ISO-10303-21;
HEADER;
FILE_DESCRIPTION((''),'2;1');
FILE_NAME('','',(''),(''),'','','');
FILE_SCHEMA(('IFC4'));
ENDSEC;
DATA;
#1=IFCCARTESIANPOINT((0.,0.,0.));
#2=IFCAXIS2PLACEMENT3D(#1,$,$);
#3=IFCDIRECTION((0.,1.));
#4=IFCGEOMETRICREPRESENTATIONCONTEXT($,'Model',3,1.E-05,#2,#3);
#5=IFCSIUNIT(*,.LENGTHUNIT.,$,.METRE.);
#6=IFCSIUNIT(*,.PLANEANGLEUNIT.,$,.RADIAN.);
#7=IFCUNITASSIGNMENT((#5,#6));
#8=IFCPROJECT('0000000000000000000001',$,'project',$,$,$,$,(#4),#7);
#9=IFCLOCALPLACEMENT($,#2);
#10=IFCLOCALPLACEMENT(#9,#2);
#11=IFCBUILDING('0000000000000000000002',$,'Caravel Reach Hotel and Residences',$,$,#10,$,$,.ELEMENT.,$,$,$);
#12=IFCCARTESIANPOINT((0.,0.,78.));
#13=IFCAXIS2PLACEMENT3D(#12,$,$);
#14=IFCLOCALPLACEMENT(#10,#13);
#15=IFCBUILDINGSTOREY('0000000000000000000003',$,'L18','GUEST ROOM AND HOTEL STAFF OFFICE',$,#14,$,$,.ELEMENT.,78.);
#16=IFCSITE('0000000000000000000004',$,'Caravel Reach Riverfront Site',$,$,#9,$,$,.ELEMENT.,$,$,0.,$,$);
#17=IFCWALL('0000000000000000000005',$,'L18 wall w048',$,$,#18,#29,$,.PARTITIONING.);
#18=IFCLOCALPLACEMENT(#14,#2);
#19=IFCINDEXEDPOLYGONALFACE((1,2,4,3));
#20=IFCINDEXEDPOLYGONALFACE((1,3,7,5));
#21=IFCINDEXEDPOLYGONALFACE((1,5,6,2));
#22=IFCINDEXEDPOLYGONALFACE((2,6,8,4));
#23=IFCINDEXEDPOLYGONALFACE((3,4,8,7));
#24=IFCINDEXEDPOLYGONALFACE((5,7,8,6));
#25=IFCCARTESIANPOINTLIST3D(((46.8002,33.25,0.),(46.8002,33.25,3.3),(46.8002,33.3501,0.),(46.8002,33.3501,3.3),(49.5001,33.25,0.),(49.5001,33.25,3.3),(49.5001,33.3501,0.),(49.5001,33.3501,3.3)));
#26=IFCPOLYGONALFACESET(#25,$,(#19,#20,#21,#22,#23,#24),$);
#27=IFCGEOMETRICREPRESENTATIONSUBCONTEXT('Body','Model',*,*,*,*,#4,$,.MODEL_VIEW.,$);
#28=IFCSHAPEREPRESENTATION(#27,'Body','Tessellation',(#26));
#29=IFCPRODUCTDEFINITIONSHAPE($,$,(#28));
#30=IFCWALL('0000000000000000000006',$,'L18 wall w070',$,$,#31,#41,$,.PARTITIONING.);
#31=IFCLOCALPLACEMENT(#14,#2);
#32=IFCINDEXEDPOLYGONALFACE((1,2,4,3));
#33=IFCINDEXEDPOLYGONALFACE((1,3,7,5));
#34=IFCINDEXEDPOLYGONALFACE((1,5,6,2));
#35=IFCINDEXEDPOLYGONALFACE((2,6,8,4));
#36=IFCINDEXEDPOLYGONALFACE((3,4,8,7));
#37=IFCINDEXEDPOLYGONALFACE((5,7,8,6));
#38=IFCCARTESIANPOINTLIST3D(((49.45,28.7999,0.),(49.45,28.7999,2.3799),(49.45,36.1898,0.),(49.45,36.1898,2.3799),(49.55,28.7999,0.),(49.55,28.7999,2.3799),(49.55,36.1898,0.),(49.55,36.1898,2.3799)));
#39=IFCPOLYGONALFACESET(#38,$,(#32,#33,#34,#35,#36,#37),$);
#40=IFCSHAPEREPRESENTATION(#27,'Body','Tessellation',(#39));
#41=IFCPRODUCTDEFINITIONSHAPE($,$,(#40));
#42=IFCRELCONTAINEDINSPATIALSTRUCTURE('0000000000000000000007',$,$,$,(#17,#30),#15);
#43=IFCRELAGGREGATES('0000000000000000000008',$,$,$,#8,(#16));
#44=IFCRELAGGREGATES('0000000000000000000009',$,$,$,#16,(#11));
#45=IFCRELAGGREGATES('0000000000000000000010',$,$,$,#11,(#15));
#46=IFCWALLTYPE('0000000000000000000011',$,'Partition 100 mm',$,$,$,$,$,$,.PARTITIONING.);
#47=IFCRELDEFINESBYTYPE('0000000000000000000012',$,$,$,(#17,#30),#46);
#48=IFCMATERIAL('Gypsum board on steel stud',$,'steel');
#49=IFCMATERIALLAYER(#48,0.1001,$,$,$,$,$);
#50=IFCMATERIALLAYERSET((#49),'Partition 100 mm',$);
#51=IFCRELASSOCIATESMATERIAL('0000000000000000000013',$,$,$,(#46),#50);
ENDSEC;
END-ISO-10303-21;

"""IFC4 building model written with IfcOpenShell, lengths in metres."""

from ifc_helpers import new_model, si_unit, direction, frame, frame_2d, origin, place, context, subcontext, project, spatial, rectangle, extrude, material, layer, layer_set, type_object, element, save


model = new_model("IFC4")

# Units and contexts
model_context = context("Model", 3, precision=1e-05, world=origin(), true_north=direction((0.0, 1.0)))
body_context = subcontext(model_context, "Body", "Model", "MODEL_VIEW")
ifc_project = project(units=[si_unit("LENGTHUNIT", "METRE"), si_unit("PLANEANGLEUNIT", "RADIAN")], contexts=[model_context])

# Site, building, storey
site_placement = place(None, origin())
site = spatial("IfcSite", under=ifc_project, at=site_placement, Name="Caravel Reach Riverfront Site", CompositionType="ELEMENT", RefElevation=0.0)
building_placement = place(site_placement, origin())
building = spatial("IfcBuilding", under=site, at=building_placement, Name="Caravel Reach Hotel and Residences", CompositionType="ELEMENT")
storey_placement = place(building_placement, frame((0.0, 0.0, 78.0)))
storey = spatial("IfcBuildingStorey", under=building, at=storey_placement, Name="L18", Description="GUEST ROOM AND HOTEL STAFF OFFICE", CompositionType="ELEMENT", Elevation=78.0)

# Walls
ifc_material_1 = material(Name="Gypsum board on steel stud", Category="steel")
ifc_layer_1 = layer(ifc_material_1, 0.1001)
ifc_layer_set_1 = layer_set([ifc_layer_1], Name="Partition 100 mm")
wall_type_1 = type_object("IfcWallType", Name="Partition 100 mm", PredefinedType="PARTITIONING", material=ifc_layer_set_1)
wall_1_placement = place(storey_placement, frame((46.8, 33.3, 0.0), z_axis=(0.0, 0.0, 1.0), x_axis=(1.0, 0.0, 0.0)))
element("IfcWall", 1, at=wall_1_placement, inside=storey, type_object=wall_type_1, Name="L18 wall w048", PredefinedType="PARTITIONING", context=body_context, shape_type="SweptSolid", body=[
    extrude(rectangle(XDim=2.7, YDim=0.1001, at=frame_2d((1.3501, 0.0))), origin(), (0.0, 0.0, 1.0), 3.3),
])
wall_2_placement = place(storey_placement, frame((49.5, 28.8, 0.0), z_axis=(0.0, 0.0, 1.0), x_axis=(0.0, 1.0, 0.0)))
element("IfcWall", 2, at=wall_2_placement, inside=storey, type_object=wall_type_1, Name="L18 wall w070", PredefinedType="PARTITIONING", context=body_context, shape_type="SweptSolid", body=[
    extrude(rectangle(XDim=7.3899, YDim=0.1001, at=frame_2d((3.6948, 0.0))), origin(), (0.0, 0.0, 1.0), 2.3799),
])

save(model, "model.ifc")
